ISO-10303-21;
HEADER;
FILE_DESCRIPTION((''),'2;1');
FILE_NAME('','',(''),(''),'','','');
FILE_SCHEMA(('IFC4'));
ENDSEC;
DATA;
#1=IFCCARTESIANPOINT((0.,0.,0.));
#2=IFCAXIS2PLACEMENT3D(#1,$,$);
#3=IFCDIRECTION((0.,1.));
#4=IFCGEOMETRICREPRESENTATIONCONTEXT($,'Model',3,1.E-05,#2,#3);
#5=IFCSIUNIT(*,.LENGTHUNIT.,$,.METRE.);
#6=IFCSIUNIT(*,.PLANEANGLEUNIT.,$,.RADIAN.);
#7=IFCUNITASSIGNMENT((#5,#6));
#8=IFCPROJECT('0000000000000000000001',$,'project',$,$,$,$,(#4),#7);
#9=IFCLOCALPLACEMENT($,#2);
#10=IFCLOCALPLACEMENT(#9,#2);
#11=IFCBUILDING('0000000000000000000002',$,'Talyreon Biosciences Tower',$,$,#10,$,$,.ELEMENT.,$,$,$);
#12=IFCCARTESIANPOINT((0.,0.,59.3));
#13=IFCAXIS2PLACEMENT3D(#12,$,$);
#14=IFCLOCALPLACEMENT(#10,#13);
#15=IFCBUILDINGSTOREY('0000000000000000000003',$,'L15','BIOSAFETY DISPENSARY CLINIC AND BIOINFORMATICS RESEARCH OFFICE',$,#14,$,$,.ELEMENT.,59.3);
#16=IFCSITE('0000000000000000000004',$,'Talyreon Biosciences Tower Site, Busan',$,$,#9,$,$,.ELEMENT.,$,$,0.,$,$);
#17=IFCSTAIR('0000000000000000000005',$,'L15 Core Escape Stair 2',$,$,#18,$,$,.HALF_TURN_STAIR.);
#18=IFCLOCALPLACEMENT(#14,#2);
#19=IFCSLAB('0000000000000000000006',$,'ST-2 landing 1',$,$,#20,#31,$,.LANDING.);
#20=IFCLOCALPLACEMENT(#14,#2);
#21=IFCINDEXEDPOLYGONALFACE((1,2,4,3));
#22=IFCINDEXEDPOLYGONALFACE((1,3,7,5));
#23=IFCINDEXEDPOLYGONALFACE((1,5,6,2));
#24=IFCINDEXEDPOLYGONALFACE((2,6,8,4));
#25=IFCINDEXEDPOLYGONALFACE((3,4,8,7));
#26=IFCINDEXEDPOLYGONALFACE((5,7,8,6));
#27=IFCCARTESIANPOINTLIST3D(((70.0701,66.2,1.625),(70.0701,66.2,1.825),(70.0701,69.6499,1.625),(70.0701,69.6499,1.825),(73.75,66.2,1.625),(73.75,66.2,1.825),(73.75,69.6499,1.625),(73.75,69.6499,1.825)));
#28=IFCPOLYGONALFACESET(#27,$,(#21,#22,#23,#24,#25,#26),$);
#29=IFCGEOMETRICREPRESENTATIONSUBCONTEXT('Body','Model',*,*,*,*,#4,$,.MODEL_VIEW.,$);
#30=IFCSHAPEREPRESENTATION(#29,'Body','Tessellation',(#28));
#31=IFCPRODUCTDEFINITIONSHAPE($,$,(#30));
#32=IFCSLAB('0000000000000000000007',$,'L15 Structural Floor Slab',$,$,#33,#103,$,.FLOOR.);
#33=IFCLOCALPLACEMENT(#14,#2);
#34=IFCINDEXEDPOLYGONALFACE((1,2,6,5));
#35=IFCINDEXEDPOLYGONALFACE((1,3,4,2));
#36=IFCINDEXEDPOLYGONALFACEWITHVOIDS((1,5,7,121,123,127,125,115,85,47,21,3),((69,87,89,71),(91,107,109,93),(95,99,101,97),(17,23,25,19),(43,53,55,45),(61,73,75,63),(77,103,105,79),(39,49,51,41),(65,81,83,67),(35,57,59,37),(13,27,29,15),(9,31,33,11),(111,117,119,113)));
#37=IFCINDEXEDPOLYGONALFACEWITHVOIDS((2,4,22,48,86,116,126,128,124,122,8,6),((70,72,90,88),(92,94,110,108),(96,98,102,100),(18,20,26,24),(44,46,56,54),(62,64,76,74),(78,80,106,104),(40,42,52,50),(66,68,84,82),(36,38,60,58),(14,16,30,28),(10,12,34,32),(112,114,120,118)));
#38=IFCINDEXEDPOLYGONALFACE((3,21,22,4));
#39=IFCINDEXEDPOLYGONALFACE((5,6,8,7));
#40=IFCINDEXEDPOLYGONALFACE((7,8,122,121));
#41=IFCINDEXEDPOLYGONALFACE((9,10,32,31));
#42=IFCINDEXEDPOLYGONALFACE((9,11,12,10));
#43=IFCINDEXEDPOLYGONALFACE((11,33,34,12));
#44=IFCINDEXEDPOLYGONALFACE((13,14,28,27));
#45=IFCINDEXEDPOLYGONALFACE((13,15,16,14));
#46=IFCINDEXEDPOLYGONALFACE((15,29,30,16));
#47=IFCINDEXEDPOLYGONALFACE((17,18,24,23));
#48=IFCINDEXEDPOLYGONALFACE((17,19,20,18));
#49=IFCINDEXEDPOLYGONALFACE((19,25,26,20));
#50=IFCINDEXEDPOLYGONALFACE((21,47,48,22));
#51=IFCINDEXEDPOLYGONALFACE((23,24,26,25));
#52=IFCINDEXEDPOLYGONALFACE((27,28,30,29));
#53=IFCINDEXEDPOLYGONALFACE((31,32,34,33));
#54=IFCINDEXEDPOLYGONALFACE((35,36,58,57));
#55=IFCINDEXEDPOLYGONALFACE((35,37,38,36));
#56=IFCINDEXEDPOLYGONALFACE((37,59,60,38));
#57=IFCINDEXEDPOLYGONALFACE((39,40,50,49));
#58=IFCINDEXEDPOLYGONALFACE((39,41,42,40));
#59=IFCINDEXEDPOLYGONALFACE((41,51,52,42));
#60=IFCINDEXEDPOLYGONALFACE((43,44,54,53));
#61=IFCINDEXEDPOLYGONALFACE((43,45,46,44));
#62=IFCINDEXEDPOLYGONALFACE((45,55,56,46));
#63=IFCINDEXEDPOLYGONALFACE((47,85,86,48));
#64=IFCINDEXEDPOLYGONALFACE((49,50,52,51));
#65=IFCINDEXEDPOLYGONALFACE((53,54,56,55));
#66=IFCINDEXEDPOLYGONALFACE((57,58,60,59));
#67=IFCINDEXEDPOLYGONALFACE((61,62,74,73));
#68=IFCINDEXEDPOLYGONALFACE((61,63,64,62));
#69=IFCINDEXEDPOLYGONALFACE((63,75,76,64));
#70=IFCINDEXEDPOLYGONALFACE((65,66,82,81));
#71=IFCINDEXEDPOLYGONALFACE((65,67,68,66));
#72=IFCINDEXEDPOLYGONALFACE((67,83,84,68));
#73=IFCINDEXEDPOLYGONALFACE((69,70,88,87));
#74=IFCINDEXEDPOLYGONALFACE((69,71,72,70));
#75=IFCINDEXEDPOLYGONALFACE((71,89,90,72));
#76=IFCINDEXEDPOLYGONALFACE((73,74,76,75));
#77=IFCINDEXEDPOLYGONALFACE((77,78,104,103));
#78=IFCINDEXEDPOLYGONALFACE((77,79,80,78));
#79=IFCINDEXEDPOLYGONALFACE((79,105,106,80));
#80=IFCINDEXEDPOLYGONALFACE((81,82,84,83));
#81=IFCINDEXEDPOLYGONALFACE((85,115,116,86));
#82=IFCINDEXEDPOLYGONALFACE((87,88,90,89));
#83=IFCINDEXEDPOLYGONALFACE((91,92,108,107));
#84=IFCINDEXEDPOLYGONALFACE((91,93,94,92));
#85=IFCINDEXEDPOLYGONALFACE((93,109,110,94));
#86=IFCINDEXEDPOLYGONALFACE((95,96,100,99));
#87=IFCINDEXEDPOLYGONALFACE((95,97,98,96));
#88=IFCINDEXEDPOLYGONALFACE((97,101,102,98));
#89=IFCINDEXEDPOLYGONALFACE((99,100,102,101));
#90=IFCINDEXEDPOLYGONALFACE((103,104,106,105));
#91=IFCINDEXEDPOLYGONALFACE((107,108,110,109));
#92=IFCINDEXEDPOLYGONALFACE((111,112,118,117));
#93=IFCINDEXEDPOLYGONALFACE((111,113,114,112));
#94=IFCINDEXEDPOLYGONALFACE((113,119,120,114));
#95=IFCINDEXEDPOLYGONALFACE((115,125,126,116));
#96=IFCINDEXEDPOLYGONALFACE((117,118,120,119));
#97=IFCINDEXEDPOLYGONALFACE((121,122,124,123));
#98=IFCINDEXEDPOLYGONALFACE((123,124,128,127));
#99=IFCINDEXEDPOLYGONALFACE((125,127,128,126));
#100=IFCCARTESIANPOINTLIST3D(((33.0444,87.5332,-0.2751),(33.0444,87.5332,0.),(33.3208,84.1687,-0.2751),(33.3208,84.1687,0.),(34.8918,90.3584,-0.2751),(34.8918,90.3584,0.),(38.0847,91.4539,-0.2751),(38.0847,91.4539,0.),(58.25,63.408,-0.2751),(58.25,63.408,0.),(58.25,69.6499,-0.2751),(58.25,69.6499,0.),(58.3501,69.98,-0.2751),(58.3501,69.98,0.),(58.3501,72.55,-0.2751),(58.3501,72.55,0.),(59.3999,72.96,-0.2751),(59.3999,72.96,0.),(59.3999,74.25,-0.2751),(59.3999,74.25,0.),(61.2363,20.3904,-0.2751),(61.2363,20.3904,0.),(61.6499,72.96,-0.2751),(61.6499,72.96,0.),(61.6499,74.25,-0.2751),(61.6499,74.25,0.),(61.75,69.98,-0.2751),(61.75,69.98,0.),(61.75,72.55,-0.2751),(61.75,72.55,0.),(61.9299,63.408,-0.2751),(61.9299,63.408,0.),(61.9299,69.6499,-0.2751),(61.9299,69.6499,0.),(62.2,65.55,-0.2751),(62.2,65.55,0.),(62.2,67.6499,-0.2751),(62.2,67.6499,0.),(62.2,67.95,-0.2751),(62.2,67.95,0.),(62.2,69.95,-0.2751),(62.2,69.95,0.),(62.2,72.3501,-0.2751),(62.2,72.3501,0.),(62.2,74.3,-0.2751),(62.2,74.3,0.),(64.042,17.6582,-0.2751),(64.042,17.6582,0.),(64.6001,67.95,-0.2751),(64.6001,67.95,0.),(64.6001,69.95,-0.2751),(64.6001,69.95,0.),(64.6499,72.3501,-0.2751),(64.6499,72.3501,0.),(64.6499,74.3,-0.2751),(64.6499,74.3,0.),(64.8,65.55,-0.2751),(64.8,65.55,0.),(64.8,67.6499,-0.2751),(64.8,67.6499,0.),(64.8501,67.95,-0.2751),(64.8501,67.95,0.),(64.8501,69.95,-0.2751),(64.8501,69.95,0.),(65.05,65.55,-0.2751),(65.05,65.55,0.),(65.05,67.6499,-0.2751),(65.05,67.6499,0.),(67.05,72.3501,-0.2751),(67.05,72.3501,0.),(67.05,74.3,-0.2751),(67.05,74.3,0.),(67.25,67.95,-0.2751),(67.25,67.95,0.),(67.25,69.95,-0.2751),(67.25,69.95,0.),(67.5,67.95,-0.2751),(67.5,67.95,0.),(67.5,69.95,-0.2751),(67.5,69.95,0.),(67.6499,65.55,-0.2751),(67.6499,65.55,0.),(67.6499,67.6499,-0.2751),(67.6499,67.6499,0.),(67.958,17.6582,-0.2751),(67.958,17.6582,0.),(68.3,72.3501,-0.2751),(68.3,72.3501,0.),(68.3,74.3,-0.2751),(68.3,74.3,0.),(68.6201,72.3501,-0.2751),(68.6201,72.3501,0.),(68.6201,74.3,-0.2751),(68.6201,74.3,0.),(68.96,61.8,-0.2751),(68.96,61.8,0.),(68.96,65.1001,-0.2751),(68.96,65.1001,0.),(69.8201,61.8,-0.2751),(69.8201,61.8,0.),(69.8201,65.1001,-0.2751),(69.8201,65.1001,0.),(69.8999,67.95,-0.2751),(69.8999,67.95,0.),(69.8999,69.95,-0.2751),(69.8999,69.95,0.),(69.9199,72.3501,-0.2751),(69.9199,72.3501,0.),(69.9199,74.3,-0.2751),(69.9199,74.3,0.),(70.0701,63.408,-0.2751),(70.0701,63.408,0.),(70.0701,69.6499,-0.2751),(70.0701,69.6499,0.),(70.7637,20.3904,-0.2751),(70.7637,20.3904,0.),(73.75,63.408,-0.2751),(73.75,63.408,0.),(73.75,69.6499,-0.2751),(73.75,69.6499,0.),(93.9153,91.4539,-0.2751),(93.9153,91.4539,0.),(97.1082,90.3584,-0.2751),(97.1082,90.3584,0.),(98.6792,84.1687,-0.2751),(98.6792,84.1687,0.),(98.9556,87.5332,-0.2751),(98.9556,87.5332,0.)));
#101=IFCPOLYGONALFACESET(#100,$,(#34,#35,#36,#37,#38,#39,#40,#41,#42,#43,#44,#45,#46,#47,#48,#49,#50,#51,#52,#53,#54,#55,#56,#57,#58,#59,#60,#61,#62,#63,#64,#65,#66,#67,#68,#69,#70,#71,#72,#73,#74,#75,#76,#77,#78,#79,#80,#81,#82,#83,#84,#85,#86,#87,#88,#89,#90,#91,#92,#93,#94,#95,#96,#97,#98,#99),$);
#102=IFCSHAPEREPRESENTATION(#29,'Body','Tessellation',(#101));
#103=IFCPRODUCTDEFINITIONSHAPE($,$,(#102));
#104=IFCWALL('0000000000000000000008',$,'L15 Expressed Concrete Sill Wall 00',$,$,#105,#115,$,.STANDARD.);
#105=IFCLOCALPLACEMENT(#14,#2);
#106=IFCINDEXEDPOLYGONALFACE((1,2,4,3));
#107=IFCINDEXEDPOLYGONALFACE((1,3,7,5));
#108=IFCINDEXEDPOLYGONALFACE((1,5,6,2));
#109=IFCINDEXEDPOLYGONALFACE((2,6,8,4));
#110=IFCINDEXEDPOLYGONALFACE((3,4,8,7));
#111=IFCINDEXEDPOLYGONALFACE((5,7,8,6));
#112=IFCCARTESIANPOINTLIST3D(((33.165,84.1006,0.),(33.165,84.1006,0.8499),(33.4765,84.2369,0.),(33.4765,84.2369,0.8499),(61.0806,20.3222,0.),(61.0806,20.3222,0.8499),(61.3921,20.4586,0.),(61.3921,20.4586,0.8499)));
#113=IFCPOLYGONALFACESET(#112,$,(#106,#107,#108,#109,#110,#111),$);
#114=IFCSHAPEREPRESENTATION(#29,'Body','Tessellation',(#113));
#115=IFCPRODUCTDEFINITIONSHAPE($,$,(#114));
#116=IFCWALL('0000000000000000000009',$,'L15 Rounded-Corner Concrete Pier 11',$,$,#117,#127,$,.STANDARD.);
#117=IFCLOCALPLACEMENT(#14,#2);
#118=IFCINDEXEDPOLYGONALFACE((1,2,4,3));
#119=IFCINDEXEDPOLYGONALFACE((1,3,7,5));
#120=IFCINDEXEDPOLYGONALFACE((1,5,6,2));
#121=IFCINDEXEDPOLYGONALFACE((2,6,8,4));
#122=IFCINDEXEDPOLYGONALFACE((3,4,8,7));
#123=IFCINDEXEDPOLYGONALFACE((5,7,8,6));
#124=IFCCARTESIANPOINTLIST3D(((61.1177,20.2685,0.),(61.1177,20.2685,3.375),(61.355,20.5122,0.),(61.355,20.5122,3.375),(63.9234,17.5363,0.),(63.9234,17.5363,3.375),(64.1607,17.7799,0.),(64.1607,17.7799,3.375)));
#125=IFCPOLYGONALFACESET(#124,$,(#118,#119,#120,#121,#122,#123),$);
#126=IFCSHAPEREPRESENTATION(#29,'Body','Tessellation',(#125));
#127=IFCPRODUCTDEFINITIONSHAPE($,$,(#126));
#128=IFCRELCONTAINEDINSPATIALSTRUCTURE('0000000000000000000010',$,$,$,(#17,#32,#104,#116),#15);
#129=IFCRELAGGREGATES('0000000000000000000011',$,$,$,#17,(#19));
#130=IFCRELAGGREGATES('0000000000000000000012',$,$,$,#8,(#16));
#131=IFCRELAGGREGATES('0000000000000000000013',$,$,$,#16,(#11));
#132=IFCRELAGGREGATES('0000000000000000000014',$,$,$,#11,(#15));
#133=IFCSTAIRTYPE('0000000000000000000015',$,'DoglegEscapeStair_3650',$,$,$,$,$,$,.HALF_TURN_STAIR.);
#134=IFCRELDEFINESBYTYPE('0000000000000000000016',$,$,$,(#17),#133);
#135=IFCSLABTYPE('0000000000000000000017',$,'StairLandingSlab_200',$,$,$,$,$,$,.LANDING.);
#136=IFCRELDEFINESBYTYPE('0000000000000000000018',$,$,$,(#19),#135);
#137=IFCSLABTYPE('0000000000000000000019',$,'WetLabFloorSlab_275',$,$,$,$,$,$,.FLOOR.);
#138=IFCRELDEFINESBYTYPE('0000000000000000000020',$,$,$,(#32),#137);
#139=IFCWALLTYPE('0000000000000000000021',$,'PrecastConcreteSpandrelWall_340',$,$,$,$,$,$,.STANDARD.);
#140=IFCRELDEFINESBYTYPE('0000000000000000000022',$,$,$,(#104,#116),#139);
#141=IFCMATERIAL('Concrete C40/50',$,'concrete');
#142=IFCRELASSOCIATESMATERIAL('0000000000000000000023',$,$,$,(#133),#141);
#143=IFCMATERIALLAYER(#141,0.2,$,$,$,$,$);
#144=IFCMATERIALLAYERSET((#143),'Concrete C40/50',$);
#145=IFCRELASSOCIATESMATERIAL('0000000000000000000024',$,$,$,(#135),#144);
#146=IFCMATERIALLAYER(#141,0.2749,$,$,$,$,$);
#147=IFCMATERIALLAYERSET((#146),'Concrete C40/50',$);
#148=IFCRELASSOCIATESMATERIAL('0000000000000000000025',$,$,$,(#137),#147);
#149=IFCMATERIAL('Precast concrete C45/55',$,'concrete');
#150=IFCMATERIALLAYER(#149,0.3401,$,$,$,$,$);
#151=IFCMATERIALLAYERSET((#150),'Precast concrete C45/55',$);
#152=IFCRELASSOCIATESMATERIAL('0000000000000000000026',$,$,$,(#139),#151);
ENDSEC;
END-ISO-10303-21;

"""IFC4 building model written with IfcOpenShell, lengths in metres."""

from ifc_helpers import new_model, si_unit, direction, frame, frame_2d, origin, place, context, subcontext, project, spatial, polyline, rectangle, outline, extrude, material, layer, layer_set, type_object, element, aggregate, save


model = new_model("IFC4")

# Units and contexts
model_context = context("Model", 3, precision=1e-05, world=origin(), true_north=direction((0.0, 1.0)))
body_context = subcontext(model_context, "Body", "Model", "MODEL_VIEW")
ifc_project = project(units=[si_unit("LENGTHUNIT", "METRE"), si_unit("PLANEANGLEUNIT", "RADIAN")], contexts=[model_context])

# Site, building, storey
site_placement = place(None, origin())
site = spatial("IfcSite", under=ifc_project, at=site_placement, Name="Talyreon Biosciences Tower Site, Busan", CompositionType="ELEMENT", RefElevation=0.0)
building_placement = place(site_placement, origin())
building = spatial("IfcBuilding", under=site, at=building_placement, Name="Talyreon Biosciences Tower", CompositionType="ELEMENT")
storey_placement = place(building_placement, frame((0.0, 0.0, 59.3)))
storey = spatial("IfcBuildingStorey", under=building, at=storey_placement, Name="L15", Description="BIOSAFETY DISPENSARY CLINIC AND BIOINFORMATICS RESEARCH OFFICE", CompositionType="ELEMENT", Elevation=59.3)

# Shared definitions
ifc_material_1 = material(Name="Precast concrete C45/55", Category="concrete")

# Stair, slab
ifc_material_2 = material(Name="Concrete C40/50", Category="concrete")
stair_type = type_object("IfcStairType", Name="DoglegEscapeStair_3650", PredefinedType="HALF_TURN_STAIR", material=ifc_material_2)
ifc_layer_1 = layer(ifc_material_2, 0.2)
ifc_layer_set_1 = layer_set([ifc_layer_1], Name="Concrete C40/50")
slab_type_1 = type_object("IfcSlabType", Name="StairLandingSlab_200", PredefinedType="LANDING", material=ifc_layer_set_1)
stair_1_placement = place(storey_placement, origin())
stair_1 = element("IfcStair", 1, at=stair_1_placement, inside=storey, type_object=stair_type, Name="L15 Core Escape Stair 2", PredefinedType="HALF_TURN_STAIR")
slab_1_placement = place(storey_placement, frame((0.0, 0.0, 1.625)))
slab_1 = element("IfcSlab", 2, at=slab_1_placement, type_object=slab_type_1, Name="ST-2 landing 1", PredefinedType="LANDING", context=body_context, shape_type="SweptSolid", body=[
    extrude(outline(polyline([(73.75, 66.2), (73.75, 69.6499), (70.0701, 69.6499), (70.0701, 66.2), (73.75, 66.2)])), origin(), (0.0, 0.0, 1.0), 0.2),
])
aggregate(stair_1, [slab_1])

# Slab
ifc_layer_2 = layer(ifc_material_2, 0.2749)
ifc_layer_set_2 = layer_set([ifc_layer_2], Name="Concrete C40/50")
slab_type_2 = type_object("IfcSlabType", Name="WetLabFloorSlab_275", PredefinedType="FLOOR", material=ifc_layer_set_2)
slab_2_placement = place(storey_placement, frame((0.0, 0.0, -0.2751)))
element("IfcSlab", 3, at=slab_2_placement, inside=storey, type_object=slab_type_2, Name="L15 Structural Floor Slab", PredefinedType="FLOOR", context=body_context, shape_type="SweptSolid", body=[
    extrude(outline(polyline([(61.2363, 20.3904), (33.3208, 84.1687), (33.0444, 87.5332), (34.8918, 90.3584), (38.0847, 91.4539), (93.9153, 91.4539), (97.1082, 90.3584), (98.9556, 87.5332), (98.6792, 84.1687), (70.7637, 20.3904), (67.958, 17.6582), (64.042, 17.6582), (61.2363, 20.3904)]), holes=[polyline([(61.9299, 69.6499), (61.9299, 63.408), (58.25, 63.408), (58.25, 69.6499), (61.9299, 69.6499)]), polyline([(64.8, 65.55), (62.2, 65.55), (62.2, 67.6499), (64.8, 67.6499), (64.8, 65.55)]), polyline([(64.6001, 67.95), (62.2, 67.95), (62.2, 69.95), (64.6001, 69.95), (64.6001, 67.95)]), polyline([(67.25, 69.95), (67.25, 67.95), (64.8501, 67.95), (64.8501, 69.95), (67.25, 69.95)]), polyline([(61.75, 69.98), (58.3501, 69.98), (58.3501, 72.55), (61.75, 72.55), (61.75, 69.98)]), polyline([(64.6499, 72.3501), (62.2, 72.3501), (62.2, 74.3), (64.6499, 74.3), (64.6499, 72.3501)]), polyline([(61.6499, 74.25), (61.6499, 72.96), (59.3999, 72.96), (59.3999, 74.25), (61.6499, 74.25)]), polyline([(69.8201, 61.8), (68.96, 61.8), (68.96, 65.1001), (69.8201, 65.1001), (69.8201, 61.8)]), polyline([(73.75, 63.408), (70.0701, 63.408), (70.0701, 69.6499), (73.75, 69.6499), (73.75, 63.408)]), polyline([(67.6499, 65.55), (65.05, 65.55), (65.05, 67.6499), (67.6499, 67.6499), (67.6499, 65.55)]), polyline([(69.8999, 67.95), (67.5, 67.95), (67.5, 69.95), (69.8999, 69.95), (69.8999, 67.95)]), polyline([(68.3, 72.3501), (67.05, 72.3501), (67.05, 74.3), (68.3, 74.3), (68.3, 72.3501)]), polyline([(69.9199, 72.3501), (68.6201, 72.3501), (68.6201, 74.3), (69.9199, 74.3), (69.9199, 72.3501)])]), origin(), (0.0, 0.0, 1.0), 0.2751),
])

# Walls
ifc_layer_3 = layer(ifc_material_1, 0.3401)
ifc_layer_set_3 = layer_set([ifc_layer_3], Name="Precast concrete C45/55")
wall_type = type_object("IfcWallType", Name="PrecastConcreteSpandrelWall_340", PredefinedType="STANDARD", material=ifc_layer_set_3)
wall_1_placement = place(storey_placement, frame((61.2363, 20.3904, 0.0), z_axis=(0.0, 0.0, 1.0), x_axis=(-0.40097, 0.916091, 0.0)))
element("IfcWall", 4, at=wall_1_placement, inside=storey, type_object=wall_type, Name="L15 Expressed Concrete Sill Wall 00", PredefinedType="STANDARD", context=body_context, shape_type="SweptSolid", body=[
    extrude(rectangle(XDim=69.6201, YDim=0.3401, at=frame_2d((34.8101, 0.0))), origin(), (0.0, 0.0, 1.0), 0.8499),
])
wall_2_placement = place(storey_placement, frame((64.042, 17.6582, 0.0), z_axis=(0.0, 0.0, 1.0), x_axis=(-0.716427, 0.697662, 0.0)))
element("IfcWall", 5, at=wall_2_placement, inside=storey, type_object=wall_type, Name="L15 Rounded-Corner Concrete Pier 11", PredefinedType="STANDARD", context=body_context, shape_type="SweptSolid", body=[
    extrude(rectangle(XDim=3.9163, YDim=0.3401, at=frame_2d((1.958, 0.0))), origin(), (0.0, 0.0, 1.0), 3.375),
])

save(model, "model.ifc")
